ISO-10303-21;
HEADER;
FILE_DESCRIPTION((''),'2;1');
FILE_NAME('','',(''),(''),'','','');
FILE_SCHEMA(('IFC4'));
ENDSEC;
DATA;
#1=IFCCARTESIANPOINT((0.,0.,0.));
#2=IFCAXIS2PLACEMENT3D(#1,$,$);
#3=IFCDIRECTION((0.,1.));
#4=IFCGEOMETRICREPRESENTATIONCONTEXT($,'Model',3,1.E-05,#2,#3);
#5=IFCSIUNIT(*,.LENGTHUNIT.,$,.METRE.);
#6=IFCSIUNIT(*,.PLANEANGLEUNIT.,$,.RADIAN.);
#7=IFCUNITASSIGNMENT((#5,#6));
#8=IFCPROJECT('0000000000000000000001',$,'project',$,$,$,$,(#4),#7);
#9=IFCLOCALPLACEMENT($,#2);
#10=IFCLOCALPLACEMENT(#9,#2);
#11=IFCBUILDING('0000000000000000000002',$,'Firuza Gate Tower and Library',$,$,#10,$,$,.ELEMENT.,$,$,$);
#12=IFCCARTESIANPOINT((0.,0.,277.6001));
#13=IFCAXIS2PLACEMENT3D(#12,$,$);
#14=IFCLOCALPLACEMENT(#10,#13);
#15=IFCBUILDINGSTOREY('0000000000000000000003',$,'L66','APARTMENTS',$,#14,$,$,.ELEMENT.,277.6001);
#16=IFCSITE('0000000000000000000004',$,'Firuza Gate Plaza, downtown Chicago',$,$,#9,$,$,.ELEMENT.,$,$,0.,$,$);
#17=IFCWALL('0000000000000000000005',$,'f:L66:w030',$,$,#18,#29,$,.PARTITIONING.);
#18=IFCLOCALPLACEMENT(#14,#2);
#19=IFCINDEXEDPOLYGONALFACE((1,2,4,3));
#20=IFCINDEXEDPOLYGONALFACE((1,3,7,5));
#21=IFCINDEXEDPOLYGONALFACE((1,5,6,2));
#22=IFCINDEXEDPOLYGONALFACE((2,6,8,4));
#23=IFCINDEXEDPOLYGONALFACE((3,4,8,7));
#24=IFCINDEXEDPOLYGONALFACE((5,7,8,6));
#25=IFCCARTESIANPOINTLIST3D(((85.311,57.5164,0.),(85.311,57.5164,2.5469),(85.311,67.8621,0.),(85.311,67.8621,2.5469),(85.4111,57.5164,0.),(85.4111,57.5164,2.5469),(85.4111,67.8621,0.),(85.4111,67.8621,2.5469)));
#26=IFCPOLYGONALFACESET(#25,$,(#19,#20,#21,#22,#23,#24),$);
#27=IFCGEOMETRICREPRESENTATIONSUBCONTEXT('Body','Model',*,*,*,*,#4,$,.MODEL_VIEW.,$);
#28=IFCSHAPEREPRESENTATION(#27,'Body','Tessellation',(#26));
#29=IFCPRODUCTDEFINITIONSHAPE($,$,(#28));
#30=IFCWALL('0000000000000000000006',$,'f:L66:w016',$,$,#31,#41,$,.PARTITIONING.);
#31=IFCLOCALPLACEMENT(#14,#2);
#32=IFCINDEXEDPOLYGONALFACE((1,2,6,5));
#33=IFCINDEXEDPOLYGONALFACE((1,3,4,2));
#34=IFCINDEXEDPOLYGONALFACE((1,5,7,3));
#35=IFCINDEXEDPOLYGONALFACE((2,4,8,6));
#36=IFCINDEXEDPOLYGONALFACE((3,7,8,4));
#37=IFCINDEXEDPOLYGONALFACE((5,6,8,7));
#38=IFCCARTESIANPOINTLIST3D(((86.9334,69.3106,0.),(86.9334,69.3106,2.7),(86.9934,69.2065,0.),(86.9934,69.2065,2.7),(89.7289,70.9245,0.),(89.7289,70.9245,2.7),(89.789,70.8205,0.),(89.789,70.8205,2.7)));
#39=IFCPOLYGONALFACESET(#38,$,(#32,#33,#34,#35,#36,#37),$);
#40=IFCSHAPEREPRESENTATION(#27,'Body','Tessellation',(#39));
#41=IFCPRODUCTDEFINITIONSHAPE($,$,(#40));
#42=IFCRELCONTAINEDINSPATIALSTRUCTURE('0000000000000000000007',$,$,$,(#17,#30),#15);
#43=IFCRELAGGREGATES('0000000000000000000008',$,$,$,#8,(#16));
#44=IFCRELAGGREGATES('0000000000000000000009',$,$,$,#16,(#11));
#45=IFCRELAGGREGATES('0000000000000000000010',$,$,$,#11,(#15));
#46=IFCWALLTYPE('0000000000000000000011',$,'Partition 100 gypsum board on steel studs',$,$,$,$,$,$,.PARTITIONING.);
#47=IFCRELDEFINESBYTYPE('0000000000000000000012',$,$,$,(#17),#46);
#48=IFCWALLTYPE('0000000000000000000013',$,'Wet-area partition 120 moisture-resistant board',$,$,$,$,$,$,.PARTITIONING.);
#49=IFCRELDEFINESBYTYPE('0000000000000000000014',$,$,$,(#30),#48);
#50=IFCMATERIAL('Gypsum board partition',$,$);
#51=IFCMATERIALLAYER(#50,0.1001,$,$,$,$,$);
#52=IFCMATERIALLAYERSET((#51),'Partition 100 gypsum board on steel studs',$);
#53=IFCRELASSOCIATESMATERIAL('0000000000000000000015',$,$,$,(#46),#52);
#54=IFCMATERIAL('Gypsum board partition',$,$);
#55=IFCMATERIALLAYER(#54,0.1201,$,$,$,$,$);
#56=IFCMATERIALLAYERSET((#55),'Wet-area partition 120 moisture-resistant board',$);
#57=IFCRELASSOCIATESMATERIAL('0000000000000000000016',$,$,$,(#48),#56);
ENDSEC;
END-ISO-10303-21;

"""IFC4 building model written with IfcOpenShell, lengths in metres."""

from ifc_helpers import new_model, si_unit, direction, frame, frame_2d, origin, place, context, subcontext, project, spatial, rectangle, extrude, material, layer, layer_set, type_object, element, save


model = new_model("IFC4")

# Units and contexts
model_context = context("Model", 3, precision=1e-05, world=origin(), true_north=direction((0.0, 1.0)))
body_context = subcontext(model_context, "Body", "Model", "MODEL_VIEW")
ifc_project = project(units=[si_unit("LENGTHUNIT", "METRE"), si_unit("PLANEANGLEUNIT", "RADIAN")], contexts=[model_context])

# Site, building, storey
site_placement = place(None, origin())
site = spatial("IfcSite", under=ifc_project, at=site_placement, Name="Firuza Gate Plaza, downtown Chicago", CompositionType="ELEMENT", RefElevation=0.0)
building_placement = place(site_placement, origin())
building = spatial("IfcBuilding", under=site, at=building_placement, Name="Firuza Gate Tower and Library", CompositionType="ELEMENT")
storey_placement = place(building_placement, frame((0.0, 0.0, 277.6001)))
storey = spatial("IfcBuildingStorey", under=building, at=storey_placement, Name="L66", Description="APARTMENTS", CompositionType="ELEMENT", Elevation=277.6001)

# Walls
ifc_material_1 = material(Name="Gypsum board partition")
ifc_layer_1 = layer(ifc_material_1, 0.1001)
ifc_layer_set_1 = layer_set([ifc_layer_1], Name="Partition 100 gypsum board on steel studs")
wall_type_1 = type_object("IfcWallType", Name="Partition 100 gypsum board on steel studs", PredefinedType="PARTITIONING", material=ifc_layer_set_1)
wall_1_placement = place(storey_placement, frame((85.3611, 57.5164, 0.0), z_axis=(0.0, 0.0, 1.0), x_axis=(0.0, 1.0, 0.0)))
element("IfcWall", 1, at=wall_1_placement, inside=storey, type_object=wall_type_1, Name="f:L66:w030", PredefinedType="PARTITIONING", context=body_context, shape_type="SweptSolid", body=[
    extrude(rectangle(XDim=10.3457, YDim=0.1001, at=frame_2d((5.1729, 0.0))), origin(), (0.0, 0.0, 1.0), 2.5469),
])
ifc_material_2 = material(Name="Gypsum board partition")
ifc_layer_2 = layer(ifc_material_2, 0.1201)
ifc_layer_set_2 = layer_set([ifc_layer_2], Name="Wet-area partition 120 moisture-resistant board")
wall_type_2 = type_object("IfcWallType", Name="Wet-area partition 120 moisture-resistant board", PredefinedType="PARTITIONING", material=ifc_layer_set_2)
wall_2_placement = place(storey_placement, frame((86.9634, 69.2585, 0.0), z_axis=(0.0, 0.0, 1.0), x_axis=(0.866033, 0.499987, 0.0)))
element("IfcWall", 2, at=wall_2_placement, inside=storey, type_object=wall_type_2, Name="f:L66:w016", PredefinedType="PARTITIONING", context=body_context, shape_type="SweptSolid", body=[
    extrude(rectangle(XDim=3.228, YDim=0.1201, at=frame_2d((1.614, 0.0))), origin(), (0.0, 0.0, 1.0), 2.7),
])

save(model, "model.ifc")
